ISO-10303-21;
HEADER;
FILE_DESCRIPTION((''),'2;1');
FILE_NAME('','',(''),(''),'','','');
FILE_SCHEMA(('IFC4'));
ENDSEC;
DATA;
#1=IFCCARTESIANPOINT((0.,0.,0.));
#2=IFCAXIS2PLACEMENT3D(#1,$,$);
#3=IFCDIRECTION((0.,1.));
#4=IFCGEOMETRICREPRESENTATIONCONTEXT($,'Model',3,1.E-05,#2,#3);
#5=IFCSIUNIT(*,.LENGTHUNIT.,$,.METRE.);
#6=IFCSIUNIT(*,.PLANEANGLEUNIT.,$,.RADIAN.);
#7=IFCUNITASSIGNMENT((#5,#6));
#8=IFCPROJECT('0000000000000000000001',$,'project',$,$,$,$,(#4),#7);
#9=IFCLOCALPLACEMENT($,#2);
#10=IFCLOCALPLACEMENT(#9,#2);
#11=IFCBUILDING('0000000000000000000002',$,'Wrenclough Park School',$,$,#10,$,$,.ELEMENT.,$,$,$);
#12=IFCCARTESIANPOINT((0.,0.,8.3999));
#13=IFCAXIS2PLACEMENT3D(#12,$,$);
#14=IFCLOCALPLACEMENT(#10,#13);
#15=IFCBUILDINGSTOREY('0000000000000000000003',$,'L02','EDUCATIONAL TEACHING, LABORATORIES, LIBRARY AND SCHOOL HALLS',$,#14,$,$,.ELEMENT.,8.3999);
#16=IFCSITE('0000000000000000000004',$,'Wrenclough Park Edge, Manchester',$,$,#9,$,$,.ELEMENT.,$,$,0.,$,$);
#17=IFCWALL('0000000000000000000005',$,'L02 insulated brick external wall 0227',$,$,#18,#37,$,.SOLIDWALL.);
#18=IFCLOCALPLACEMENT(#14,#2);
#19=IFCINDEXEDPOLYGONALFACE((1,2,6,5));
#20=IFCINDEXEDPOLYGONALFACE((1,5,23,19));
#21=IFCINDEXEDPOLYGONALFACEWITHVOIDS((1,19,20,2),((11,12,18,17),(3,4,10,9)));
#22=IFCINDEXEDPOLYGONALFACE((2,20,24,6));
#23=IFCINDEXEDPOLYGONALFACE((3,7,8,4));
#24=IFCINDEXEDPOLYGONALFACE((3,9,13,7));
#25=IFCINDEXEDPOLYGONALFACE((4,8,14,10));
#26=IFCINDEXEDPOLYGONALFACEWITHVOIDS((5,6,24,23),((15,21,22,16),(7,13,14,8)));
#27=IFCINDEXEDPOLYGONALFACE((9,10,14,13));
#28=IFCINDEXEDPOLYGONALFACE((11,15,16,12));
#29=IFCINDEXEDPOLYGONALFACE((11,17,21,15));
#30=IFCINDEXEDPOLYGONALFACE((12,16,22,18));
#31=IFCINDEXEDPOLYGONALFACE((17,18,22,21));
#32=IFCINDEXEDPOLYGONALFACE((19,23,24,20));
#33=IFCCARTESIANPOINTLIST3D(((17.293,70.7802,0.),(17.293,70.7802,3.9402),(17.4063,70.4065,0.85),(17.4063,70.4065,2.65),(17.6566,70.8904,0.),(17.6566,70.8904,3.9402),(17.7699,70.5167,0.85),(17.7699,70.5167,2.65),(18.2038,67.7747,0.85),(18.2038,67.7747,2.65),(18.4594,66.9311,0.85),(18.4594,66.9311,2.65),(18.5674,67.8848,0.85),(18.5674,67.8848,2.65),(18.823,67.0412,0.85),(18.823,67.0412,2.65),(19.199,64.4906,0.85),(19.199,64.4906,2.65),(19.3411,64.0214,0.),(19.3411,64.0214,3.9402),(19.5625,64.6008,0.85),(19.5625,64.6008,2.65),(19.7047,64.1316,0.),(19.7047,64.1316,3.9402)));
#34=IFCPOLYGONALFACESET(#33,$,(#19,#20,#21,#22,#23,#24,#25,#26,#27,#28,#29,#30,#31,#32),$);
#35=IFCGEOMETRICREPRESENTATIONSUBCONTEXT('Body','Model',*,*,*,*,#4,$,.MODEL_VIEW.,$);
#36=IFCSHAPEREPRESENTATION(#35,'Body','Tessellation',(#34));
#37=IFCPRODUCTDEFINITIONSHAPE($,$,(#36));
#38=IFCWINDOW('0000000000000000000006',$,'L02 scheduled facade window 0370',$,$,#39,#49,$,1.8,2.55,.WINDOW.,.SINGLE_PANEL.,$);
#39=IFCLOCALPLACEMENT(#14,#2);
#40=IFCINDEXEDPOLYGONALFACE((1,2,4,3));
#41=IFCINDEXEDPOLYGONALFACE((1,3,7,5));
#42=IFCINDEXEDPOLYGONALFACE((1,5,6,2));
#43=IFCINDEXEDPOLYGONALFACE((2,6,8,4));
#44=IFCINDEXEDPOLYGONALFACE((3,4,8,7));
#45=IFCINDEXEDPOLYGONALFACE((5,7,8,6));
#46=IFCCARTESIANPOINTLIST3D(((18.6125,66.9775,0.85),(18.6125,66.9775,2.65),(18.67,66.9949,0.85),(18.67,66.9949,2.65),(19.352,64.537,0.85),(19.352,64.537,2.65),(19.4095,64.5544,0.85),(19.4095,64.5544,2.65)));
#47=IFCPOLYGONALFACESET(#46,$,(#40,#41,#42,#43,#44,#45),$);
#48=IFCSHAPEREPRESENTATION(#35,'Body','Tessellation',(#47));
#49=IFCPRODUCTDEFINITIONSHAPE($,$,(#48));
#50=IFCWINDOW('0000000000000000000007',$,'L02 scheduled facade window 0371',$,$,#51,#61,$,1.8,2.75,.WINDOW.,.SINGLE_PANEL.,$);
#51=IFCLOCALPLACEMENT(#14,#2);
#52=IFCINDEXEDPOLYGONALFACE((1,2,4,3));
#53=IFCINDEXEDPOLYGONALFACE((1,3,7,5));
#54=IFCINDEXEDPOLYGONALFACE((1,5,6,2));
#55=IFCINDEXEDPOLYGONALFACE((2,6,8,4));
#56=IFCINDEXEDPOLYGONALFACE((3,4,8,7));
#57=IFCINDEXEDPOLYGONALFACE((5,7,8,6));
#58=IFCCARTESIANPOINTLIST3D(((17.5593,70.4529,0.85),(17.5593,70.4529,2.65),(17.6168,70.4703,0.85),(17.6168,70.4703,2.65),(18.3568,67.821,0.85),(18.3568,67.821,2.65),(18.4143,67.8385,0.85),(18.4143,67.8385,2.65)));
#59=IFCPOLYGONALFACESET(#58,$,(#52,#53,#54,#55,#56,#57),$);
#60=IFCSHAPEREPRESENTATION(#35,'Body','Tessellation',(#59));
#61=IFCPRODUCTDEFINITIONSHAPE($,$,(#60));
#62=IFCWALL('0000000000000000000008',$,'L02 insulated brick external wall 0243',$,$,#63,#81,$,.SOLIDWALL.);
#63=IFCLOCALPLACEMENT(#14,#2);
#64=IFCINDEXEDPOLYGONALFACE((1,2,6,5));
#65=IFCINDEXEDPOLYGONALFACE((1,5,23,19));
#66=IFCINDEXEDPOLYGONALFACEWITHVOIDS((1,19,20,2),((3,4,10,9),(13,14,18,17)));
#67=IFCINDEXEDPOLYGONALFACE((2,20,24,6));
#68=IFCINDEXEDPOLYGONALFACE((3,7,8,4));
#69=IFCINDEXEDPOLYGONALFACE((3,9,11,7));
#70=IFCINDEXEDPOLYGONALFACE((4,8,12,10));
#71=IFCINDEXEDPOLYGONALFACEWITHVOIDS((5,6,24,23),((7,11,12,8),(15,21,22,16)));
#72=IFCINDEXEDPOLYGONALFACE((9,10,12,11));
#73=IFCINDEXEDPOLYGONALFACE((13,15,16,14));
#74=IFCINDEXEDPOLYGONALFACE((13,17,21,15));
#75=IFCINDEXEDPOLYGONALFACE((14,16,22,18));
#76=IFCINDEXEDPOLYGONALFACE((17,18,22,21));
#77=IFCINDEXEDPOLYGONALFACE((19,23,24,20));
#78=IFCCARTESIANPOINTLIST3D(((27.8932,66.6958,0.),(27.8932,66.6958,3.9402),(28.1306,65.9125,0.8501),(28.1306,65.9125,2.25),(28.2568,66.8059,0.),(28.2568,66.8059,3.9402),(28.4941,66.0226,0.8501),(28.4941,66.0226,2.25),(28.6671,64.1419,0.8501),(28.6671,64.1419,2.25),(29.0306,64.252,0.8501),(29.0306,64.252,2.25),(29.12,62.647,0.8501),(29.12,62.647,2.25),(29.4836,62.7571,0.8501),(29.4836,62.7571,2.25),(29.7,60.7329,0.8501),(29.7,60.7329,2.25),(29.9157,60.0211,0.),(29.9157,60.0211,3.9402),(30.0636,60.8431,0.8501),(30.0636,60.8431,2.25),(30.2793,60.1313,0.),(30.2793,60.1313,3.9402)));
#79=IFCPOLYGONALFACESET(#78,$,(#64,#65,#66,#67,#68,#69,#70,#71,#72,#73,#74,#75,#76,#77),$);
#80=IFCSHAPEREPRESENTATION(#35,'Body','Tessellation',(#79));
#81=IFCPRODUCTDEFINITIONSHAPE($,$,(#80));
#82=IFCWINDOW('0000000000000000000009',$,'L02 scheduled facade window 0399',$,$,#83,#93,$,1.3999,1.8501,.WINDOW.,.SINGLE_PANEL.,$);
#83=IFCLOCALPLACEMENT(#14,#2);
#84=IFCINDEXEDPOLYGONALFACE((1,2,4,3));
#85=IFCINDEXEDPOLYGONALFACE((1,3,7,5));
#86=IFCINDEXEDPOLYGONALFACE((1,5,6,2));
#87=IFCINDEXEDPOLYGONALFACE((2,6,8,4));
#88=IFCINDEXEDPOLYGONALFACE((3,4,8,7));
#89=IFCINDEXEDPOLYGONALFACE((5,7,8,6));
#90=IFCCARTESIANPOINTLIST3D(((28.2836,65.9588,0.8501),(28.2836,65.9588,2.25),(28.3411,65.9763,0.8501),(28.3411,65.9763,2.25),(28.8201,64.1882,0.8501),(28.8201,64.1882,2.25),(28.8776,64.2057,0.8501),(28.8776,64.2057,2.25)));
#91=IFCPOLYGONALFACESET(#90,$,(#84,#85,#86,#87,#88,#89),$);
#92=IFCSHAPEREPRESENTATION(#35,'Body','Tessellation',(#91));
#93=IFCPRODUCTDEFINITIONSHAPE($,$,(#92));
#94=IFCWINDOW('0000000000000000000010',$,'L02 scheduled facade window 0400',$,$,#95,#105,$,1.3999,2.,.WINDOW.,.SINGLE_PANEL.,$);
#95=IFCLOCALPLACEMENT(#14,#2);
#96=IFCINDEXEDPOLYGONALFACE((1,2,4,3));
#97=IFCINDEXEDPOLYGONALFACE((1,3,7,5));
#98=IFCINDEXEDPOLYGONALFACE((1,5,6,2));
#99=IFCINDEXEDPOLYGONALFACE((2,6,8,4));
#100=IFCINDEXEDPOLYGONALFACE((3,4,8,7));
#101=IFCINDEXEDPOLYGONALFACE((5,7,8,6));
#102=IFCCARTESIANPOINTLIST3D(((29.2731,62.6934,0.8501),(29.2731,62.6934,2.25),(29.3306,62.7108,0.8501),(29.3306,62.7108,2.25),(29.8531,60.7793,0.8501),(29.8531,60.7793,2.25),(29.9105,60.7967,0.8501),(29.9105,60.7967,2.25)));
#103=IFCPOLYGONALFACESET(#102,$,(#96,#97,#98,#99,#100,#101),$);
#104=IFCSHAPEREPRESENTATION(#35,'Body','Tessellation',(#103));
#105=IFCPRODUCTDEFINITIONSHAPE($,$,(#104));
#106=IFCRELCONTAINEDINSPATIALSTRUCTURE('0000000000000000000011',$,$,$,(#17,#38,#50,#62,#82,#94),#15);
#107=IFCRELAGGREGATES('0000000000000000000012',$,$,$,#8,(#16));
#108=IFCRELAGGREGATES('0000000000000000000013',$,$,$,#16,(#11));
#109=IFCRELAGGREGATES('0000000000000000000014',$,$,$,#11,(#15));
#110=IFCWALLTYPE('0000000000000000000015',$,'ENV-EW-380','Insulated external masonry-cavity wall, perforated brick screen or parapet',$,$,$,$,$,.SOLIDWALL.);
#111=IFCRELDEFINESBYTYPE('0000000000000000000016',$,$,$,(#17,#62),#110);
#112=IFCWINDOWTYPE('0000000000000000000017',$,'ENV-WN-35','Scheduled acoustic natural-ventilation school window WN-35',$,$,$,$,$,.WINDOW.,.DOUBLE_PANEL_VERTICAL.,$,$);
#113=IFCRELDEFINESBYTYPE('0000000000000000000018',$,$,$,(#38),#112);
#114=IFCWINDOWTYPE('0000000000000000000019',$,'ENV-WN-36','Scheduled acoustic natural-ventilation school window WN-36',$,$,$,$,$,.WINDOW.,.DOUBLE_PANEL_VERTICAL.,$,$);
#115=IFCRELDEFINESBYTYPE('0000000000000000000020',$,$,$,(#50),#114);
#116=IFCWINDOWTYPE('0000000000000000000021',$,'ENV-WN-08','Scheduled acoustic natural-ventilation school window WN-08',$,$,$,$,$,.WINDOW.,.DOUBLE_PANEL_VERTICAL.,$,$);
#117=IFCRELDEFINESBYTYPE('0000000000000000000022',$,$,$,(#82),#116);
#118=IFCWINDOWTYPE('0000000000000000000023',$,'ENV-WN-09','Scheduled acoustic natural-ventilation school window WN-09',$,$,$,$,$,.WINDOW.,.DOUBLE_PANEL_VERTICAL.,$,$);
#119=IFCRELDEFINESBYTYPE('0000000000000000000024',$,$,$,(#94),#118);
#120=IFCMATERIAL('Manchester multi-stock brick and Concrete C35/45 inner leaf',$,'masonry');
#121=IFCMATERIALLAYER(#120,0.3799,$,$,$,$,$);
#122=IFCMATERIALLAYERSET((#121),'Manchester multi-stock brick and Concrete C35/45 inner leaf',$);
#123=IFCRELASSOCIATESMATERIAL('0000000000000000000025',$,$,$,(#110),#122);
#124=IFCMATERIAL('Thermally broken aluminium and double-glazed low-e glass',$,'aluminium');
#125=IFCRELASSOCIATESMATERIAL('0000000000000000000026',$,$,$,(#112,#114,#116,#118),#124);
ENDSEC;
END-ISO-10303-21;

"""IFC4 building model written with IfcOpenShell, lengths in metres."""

from ifc_helpers import new_model, si_unit, direction, frame, frame_2d, origin, place, context, subcontext, project, spatial, rectangle, extrude, material, layer, layer_set, type_object, element, fill, save


model = new_model("IFC4")

# Units and contexts
model_context = context("Model", 3, precision=1e-05, world=origin(), true_north=direction((0.0, 1.0)))
body_context = subcontext(model_context, "Body", "Model", "MODEL_VIEW")
ifc_project = project(units=[si_unit("LENGTHUNIT", "METRE"), si_unit("PLANEANGLEUNIT", "RADIAN")], contexts=[model_context])

# Site, building, storey
site_placement = place(None, origin())
site = spatial("IfcSite", under=ifc_project, at=site_placement, Name="Wrenclough Park Edge, Manchester", CompositionType="ELEMENT", RefElevation=0.0)
building_placement = place(site_placement, origin())
building = spatial("IfcBuilding", under=site, at=building_placement, Name="Wrenclough Park School", CompositionType="ELEMENT")
storey_placement = place(building_placement, frame((0.0, 0.0, 8.3999)))
storey = spatial("IfcBuildingStorey", under=building, at=storey_placement, Name="L02", Description="EDUCATIONAL TEACHING, LABORATORIES, LIBRARY AND SCHOOL HALLS", CompositionType="ELEMENT", Elevation=8.3999)

# Walls, openings, windows
ifc_material_1 = material(Name="Manchester multi-stock brick and Concrete C35/45 inner leaf", Category="masonry")
ifc_layer = layer(ifc_material_1, 0.3799)
ifc_layer_set = layer_set([ifc_layer], Name="Manchester multi-stock brick and Concrete C35/45 inner leaf")
wall_type = type_object("IfcWallType", Name="ENV-EW-380", Description="Insulated external masonry-cavity wall, perforated brick screen or parapet", PredefinedType="SOLIDWALL", material=ifc_layer_set)
wall_1_placement = place(storey_placement, frame((19.5229, 64.0764, 0.0), z_axis=(0.0, 0.0, 1.0), x_axis=(-0.290005, 0.957025, 0.0)))
wall_1 = element("IfcWall", 1, at=wall_1_placement, inside=storey, type_object=wall_type, Name="L02 insulated brick external wall 0227", PredefinedType="SOLIDWALL", context=body_context, shape_type="SweptSolid", body=[
    extrude(rectangle(XDim=7.0623, YDim=0.3799, at=frame_2d((3.5312, 0.0))), origin(), (0.0, 0.0, 1.0), 3.9402),
])
opening_1_placement = place(wall_1_placement, frame((0.4905, 0.0, 0.8501)))
opening_1 = element("IfcOpeningElement", 2, at=opening_1_placement, cuts=wall_1, PredefinedType="OPENING", context=body_context, shape_type="SweptSolid", body=[
    extrude(rectangle(XDim=2.55, YDim=1.8, at=frame_2d((1.2749, 0.8999))), frame((0.0, 0.2, 0.0), z_axis=(0.0, -1.0, 0.0), x_axis=(1.0, 0.0, 0.0)), (0.0, 0.0, 1.0), 0.3999),
])
opening_2_placement = place(wall_1_placement, frame((3.9219, 0.0, 0.8501)))
opening_2 = element("IfcOpeningElement", 3, at=opening_2_placement, cuts=wall_1, PredefinedType="OPENING", context=body_context, shape_type="SweptSolid", body=[
    extrude(rectangle(XDim=2.75, YDim=1.8, at=frame_2d((1.375, 0.8999))), frame((0.0, 0.2, 0.0), z_axis=(0.0, -1.0, 0.0), x_axis=(1.0, 0.0, 0.0)), (0.0, 0.0, 1.0), 0.3999),
])
ifc_material_2 = material(Name="Thermally broken aluminium and double-glazed low-e glass", Category="aluminium")
window_type_1 = type_object("IfcWindowType", Name="ENV-WN-35", Description="Scheduled acoustic natural-ventilation school window WN-35", PartitioningType="DOUBLE_PANEL_VERTICAL", PredefinedType="WINDOW", material=ifc_material_2)
window_1_placement = place(opening_1_placement, origin())
window_1 = element("IfcWindow", 4, at=window_1_placement, inside=storey, type_object=window_type_1, Name="L02 scheduled facade window 0370", OverallHeight=1.8, OverallWidth=2.55, PartitioningType="SINGLE_PANEL", PredefinedType="WINDOW", context=body_context, shape_type="SweptSolid", body=[
    extrude(rectangle(XDim=2.55, YDim=1.8, at=frame_2d((1.2749, 0.8999))), frame((0.0, 0.03, 0.0), z_axis=(0.0, -1.0, 0.0), x_axis=(1.0, 0.0, 0.0)), (0.0, 0.0, 1.0), 0.0601),
])
fill(opening_1, window_1)
window_type_2 = type_object("IfcWindowType", Name="ENV-WN-36", Description="Scheduled acoustic natural-ventilation school window WN-36", PartitioningType="DOUBLE_PANEL_VERTICAL", PredefinedType="WINDOW", material=ifc_material_2)
window_2_placement = place(opening_2_placement, origin())
window_2 = element("IfcWindow", 5, at=window_2_placement, inside=storey, type_object=window_type_2, Name="L02 scheduled facade window 0371", OverallHeight=1.8, OverallWidth=2.75, PartitioningType="SINGLE_PANEL", PredefinedType="WINDOW", context=body_context, shape_type="SweptSolid", body=[
    extrude(rectangle(XDim=2.75, YDim=1.8, at=frame_2d((1.375, 0.8999))), frame((0.0, 0.03, 0.0), z_axis=(0.0, -1.0, 0.0), x_axis=(1.0, 0.0, 0.0)), (0.0, 0.0, 1.0), 0.0601),
])
fill(opening_2, window_2)
wall_2_placement = place(storey_placement, frame((28.075, 66.751, 0.0), z_axis=(0.0, 0.0, 1.0), x_axis=(0.28999, -0.95703, 0.0)))
wall_2 = element("IfcWall", 6, at=wall_2_placement, inside=storey, type_object=wall_type, Name="L02 insulated brick external wall 0243", PredefinedType="SOLIDWALL", context=body_context, shape_type="SweptSolid", body=[
    extrude(rectangle(XDim=6.9744, YDim=0.3799, at=frame_2d((3.4873, 0.0))), origin(), (0.0, 0.0, 1.0), 3.9402),
])
opening_3_placement = place(wall_2_placement, frame((0.8186, 0.0, 0.8501)))
opening_3 = element("IfcOpeningElement", 7, at=opening_3_placement, cuts=wall_2, PredefinedType="OPENING", context=body_context, shape_type="SweptSolid", body=[
    extrude(rectangle(XDim=1.8501, YDim=1.3999, at=frame_2d((0.925, 0.7))), frame((0.0, 0.2, 0.0), z_axis=(0.0, -1.0, 0.0), x_axis=(1.0, 0.0, 0.0)), (0.0, 0.0, 1.0), 0.3999),
])
opening_4_placement = place(wall_2_placement, frame((4.2307, 0.0, 0.8501)))
opening_4 = element("IfcOpeningElement", 8, at=opening_4_placement, cuts=wall_2, PredefinedType="OPENING", context=body_context, shape_type="SweptSolid", body=[
    extrude(rectangle(XDim=2.0, YDim=1.3999, at=frame_2d((1.0, 0.7))), frame((0.0, 0.2, 0.0), z_axis=(0.0, -1.0, 0.0), x_axis=(1.0, 0.0, 0.0)), (0.0, 0.0, 1.0), 0.3999),
])
window_type_3 = type_object("IfcWindowType", Name="ENV-WN-08", Description="Scheduled acoustic natural-ventilation school window WN-08", PartitioningType="DOUBLE_PANEL_VERTICAL", PredefinedType="WINDOW", material=ifc_material_2)
window_3_placement = place(opening_3_placement, origin())
window_3 = element("IfcWindow", 9, at=window_3_placement, inside=storey, type_object=window_type_3, Name="L02 scheduled facade window 0399", OverallHeight=1.3999, OverallWidth=1.8501, PartitioningType="SINGLE_PANEL", PredefinedType="WINDOW", context=body_context, shape_type="SweptSolid", body=[
    extrude(rectangle(XDim=1.8501, YDim=1.3999, at=frame_2d((0.925, 0.7))), frame((0.0, 0.03, 0.0), z_axis=(0.0, -1.0, 0.0), x_axis=(1.0, 0.0, 0.0)), (0.0, 0.0, 1.0), 0.0601),
])
fill(opening_3, window_3)
window_type_4 = type_object("IfcWindowType", Name="ENV-WN-09", Description="Scheduled acoustic natural-ventilation school window WN-09", PartitioningType="DOUBLE_PANEL_VERTICAL", PredefinedType="WINDOW", material=ifc_material_2)
window_4_placement = place(opening_4_placement, origin())
window_4 = element("IfcWindow", 10, at=window_4_placement, inside=storey, type_object=window_type_4, Name="L02 scheduled facade window 0400", OverallHeight=1.3999, OverallWidth=2.0, PartitioningType="SINGLE_PANEL", PredefinedType="WINDOW", context=body_context, shape_type="SweptSolid", body=[
    extrude(rectangle(XDim=2.0, YDim=1.3999, at=frame_2d((1.0, 0.7))), frame((0.0, 0.03, 0.0), z_axis=(0.0, -1.0, 0.0), x_axis=(1.0, 0.0, 0.0)), (0.0, 0.0, 1.0), 0.0601),
])
fill(opening_4, window_4)

save(model, "model.ifc")
